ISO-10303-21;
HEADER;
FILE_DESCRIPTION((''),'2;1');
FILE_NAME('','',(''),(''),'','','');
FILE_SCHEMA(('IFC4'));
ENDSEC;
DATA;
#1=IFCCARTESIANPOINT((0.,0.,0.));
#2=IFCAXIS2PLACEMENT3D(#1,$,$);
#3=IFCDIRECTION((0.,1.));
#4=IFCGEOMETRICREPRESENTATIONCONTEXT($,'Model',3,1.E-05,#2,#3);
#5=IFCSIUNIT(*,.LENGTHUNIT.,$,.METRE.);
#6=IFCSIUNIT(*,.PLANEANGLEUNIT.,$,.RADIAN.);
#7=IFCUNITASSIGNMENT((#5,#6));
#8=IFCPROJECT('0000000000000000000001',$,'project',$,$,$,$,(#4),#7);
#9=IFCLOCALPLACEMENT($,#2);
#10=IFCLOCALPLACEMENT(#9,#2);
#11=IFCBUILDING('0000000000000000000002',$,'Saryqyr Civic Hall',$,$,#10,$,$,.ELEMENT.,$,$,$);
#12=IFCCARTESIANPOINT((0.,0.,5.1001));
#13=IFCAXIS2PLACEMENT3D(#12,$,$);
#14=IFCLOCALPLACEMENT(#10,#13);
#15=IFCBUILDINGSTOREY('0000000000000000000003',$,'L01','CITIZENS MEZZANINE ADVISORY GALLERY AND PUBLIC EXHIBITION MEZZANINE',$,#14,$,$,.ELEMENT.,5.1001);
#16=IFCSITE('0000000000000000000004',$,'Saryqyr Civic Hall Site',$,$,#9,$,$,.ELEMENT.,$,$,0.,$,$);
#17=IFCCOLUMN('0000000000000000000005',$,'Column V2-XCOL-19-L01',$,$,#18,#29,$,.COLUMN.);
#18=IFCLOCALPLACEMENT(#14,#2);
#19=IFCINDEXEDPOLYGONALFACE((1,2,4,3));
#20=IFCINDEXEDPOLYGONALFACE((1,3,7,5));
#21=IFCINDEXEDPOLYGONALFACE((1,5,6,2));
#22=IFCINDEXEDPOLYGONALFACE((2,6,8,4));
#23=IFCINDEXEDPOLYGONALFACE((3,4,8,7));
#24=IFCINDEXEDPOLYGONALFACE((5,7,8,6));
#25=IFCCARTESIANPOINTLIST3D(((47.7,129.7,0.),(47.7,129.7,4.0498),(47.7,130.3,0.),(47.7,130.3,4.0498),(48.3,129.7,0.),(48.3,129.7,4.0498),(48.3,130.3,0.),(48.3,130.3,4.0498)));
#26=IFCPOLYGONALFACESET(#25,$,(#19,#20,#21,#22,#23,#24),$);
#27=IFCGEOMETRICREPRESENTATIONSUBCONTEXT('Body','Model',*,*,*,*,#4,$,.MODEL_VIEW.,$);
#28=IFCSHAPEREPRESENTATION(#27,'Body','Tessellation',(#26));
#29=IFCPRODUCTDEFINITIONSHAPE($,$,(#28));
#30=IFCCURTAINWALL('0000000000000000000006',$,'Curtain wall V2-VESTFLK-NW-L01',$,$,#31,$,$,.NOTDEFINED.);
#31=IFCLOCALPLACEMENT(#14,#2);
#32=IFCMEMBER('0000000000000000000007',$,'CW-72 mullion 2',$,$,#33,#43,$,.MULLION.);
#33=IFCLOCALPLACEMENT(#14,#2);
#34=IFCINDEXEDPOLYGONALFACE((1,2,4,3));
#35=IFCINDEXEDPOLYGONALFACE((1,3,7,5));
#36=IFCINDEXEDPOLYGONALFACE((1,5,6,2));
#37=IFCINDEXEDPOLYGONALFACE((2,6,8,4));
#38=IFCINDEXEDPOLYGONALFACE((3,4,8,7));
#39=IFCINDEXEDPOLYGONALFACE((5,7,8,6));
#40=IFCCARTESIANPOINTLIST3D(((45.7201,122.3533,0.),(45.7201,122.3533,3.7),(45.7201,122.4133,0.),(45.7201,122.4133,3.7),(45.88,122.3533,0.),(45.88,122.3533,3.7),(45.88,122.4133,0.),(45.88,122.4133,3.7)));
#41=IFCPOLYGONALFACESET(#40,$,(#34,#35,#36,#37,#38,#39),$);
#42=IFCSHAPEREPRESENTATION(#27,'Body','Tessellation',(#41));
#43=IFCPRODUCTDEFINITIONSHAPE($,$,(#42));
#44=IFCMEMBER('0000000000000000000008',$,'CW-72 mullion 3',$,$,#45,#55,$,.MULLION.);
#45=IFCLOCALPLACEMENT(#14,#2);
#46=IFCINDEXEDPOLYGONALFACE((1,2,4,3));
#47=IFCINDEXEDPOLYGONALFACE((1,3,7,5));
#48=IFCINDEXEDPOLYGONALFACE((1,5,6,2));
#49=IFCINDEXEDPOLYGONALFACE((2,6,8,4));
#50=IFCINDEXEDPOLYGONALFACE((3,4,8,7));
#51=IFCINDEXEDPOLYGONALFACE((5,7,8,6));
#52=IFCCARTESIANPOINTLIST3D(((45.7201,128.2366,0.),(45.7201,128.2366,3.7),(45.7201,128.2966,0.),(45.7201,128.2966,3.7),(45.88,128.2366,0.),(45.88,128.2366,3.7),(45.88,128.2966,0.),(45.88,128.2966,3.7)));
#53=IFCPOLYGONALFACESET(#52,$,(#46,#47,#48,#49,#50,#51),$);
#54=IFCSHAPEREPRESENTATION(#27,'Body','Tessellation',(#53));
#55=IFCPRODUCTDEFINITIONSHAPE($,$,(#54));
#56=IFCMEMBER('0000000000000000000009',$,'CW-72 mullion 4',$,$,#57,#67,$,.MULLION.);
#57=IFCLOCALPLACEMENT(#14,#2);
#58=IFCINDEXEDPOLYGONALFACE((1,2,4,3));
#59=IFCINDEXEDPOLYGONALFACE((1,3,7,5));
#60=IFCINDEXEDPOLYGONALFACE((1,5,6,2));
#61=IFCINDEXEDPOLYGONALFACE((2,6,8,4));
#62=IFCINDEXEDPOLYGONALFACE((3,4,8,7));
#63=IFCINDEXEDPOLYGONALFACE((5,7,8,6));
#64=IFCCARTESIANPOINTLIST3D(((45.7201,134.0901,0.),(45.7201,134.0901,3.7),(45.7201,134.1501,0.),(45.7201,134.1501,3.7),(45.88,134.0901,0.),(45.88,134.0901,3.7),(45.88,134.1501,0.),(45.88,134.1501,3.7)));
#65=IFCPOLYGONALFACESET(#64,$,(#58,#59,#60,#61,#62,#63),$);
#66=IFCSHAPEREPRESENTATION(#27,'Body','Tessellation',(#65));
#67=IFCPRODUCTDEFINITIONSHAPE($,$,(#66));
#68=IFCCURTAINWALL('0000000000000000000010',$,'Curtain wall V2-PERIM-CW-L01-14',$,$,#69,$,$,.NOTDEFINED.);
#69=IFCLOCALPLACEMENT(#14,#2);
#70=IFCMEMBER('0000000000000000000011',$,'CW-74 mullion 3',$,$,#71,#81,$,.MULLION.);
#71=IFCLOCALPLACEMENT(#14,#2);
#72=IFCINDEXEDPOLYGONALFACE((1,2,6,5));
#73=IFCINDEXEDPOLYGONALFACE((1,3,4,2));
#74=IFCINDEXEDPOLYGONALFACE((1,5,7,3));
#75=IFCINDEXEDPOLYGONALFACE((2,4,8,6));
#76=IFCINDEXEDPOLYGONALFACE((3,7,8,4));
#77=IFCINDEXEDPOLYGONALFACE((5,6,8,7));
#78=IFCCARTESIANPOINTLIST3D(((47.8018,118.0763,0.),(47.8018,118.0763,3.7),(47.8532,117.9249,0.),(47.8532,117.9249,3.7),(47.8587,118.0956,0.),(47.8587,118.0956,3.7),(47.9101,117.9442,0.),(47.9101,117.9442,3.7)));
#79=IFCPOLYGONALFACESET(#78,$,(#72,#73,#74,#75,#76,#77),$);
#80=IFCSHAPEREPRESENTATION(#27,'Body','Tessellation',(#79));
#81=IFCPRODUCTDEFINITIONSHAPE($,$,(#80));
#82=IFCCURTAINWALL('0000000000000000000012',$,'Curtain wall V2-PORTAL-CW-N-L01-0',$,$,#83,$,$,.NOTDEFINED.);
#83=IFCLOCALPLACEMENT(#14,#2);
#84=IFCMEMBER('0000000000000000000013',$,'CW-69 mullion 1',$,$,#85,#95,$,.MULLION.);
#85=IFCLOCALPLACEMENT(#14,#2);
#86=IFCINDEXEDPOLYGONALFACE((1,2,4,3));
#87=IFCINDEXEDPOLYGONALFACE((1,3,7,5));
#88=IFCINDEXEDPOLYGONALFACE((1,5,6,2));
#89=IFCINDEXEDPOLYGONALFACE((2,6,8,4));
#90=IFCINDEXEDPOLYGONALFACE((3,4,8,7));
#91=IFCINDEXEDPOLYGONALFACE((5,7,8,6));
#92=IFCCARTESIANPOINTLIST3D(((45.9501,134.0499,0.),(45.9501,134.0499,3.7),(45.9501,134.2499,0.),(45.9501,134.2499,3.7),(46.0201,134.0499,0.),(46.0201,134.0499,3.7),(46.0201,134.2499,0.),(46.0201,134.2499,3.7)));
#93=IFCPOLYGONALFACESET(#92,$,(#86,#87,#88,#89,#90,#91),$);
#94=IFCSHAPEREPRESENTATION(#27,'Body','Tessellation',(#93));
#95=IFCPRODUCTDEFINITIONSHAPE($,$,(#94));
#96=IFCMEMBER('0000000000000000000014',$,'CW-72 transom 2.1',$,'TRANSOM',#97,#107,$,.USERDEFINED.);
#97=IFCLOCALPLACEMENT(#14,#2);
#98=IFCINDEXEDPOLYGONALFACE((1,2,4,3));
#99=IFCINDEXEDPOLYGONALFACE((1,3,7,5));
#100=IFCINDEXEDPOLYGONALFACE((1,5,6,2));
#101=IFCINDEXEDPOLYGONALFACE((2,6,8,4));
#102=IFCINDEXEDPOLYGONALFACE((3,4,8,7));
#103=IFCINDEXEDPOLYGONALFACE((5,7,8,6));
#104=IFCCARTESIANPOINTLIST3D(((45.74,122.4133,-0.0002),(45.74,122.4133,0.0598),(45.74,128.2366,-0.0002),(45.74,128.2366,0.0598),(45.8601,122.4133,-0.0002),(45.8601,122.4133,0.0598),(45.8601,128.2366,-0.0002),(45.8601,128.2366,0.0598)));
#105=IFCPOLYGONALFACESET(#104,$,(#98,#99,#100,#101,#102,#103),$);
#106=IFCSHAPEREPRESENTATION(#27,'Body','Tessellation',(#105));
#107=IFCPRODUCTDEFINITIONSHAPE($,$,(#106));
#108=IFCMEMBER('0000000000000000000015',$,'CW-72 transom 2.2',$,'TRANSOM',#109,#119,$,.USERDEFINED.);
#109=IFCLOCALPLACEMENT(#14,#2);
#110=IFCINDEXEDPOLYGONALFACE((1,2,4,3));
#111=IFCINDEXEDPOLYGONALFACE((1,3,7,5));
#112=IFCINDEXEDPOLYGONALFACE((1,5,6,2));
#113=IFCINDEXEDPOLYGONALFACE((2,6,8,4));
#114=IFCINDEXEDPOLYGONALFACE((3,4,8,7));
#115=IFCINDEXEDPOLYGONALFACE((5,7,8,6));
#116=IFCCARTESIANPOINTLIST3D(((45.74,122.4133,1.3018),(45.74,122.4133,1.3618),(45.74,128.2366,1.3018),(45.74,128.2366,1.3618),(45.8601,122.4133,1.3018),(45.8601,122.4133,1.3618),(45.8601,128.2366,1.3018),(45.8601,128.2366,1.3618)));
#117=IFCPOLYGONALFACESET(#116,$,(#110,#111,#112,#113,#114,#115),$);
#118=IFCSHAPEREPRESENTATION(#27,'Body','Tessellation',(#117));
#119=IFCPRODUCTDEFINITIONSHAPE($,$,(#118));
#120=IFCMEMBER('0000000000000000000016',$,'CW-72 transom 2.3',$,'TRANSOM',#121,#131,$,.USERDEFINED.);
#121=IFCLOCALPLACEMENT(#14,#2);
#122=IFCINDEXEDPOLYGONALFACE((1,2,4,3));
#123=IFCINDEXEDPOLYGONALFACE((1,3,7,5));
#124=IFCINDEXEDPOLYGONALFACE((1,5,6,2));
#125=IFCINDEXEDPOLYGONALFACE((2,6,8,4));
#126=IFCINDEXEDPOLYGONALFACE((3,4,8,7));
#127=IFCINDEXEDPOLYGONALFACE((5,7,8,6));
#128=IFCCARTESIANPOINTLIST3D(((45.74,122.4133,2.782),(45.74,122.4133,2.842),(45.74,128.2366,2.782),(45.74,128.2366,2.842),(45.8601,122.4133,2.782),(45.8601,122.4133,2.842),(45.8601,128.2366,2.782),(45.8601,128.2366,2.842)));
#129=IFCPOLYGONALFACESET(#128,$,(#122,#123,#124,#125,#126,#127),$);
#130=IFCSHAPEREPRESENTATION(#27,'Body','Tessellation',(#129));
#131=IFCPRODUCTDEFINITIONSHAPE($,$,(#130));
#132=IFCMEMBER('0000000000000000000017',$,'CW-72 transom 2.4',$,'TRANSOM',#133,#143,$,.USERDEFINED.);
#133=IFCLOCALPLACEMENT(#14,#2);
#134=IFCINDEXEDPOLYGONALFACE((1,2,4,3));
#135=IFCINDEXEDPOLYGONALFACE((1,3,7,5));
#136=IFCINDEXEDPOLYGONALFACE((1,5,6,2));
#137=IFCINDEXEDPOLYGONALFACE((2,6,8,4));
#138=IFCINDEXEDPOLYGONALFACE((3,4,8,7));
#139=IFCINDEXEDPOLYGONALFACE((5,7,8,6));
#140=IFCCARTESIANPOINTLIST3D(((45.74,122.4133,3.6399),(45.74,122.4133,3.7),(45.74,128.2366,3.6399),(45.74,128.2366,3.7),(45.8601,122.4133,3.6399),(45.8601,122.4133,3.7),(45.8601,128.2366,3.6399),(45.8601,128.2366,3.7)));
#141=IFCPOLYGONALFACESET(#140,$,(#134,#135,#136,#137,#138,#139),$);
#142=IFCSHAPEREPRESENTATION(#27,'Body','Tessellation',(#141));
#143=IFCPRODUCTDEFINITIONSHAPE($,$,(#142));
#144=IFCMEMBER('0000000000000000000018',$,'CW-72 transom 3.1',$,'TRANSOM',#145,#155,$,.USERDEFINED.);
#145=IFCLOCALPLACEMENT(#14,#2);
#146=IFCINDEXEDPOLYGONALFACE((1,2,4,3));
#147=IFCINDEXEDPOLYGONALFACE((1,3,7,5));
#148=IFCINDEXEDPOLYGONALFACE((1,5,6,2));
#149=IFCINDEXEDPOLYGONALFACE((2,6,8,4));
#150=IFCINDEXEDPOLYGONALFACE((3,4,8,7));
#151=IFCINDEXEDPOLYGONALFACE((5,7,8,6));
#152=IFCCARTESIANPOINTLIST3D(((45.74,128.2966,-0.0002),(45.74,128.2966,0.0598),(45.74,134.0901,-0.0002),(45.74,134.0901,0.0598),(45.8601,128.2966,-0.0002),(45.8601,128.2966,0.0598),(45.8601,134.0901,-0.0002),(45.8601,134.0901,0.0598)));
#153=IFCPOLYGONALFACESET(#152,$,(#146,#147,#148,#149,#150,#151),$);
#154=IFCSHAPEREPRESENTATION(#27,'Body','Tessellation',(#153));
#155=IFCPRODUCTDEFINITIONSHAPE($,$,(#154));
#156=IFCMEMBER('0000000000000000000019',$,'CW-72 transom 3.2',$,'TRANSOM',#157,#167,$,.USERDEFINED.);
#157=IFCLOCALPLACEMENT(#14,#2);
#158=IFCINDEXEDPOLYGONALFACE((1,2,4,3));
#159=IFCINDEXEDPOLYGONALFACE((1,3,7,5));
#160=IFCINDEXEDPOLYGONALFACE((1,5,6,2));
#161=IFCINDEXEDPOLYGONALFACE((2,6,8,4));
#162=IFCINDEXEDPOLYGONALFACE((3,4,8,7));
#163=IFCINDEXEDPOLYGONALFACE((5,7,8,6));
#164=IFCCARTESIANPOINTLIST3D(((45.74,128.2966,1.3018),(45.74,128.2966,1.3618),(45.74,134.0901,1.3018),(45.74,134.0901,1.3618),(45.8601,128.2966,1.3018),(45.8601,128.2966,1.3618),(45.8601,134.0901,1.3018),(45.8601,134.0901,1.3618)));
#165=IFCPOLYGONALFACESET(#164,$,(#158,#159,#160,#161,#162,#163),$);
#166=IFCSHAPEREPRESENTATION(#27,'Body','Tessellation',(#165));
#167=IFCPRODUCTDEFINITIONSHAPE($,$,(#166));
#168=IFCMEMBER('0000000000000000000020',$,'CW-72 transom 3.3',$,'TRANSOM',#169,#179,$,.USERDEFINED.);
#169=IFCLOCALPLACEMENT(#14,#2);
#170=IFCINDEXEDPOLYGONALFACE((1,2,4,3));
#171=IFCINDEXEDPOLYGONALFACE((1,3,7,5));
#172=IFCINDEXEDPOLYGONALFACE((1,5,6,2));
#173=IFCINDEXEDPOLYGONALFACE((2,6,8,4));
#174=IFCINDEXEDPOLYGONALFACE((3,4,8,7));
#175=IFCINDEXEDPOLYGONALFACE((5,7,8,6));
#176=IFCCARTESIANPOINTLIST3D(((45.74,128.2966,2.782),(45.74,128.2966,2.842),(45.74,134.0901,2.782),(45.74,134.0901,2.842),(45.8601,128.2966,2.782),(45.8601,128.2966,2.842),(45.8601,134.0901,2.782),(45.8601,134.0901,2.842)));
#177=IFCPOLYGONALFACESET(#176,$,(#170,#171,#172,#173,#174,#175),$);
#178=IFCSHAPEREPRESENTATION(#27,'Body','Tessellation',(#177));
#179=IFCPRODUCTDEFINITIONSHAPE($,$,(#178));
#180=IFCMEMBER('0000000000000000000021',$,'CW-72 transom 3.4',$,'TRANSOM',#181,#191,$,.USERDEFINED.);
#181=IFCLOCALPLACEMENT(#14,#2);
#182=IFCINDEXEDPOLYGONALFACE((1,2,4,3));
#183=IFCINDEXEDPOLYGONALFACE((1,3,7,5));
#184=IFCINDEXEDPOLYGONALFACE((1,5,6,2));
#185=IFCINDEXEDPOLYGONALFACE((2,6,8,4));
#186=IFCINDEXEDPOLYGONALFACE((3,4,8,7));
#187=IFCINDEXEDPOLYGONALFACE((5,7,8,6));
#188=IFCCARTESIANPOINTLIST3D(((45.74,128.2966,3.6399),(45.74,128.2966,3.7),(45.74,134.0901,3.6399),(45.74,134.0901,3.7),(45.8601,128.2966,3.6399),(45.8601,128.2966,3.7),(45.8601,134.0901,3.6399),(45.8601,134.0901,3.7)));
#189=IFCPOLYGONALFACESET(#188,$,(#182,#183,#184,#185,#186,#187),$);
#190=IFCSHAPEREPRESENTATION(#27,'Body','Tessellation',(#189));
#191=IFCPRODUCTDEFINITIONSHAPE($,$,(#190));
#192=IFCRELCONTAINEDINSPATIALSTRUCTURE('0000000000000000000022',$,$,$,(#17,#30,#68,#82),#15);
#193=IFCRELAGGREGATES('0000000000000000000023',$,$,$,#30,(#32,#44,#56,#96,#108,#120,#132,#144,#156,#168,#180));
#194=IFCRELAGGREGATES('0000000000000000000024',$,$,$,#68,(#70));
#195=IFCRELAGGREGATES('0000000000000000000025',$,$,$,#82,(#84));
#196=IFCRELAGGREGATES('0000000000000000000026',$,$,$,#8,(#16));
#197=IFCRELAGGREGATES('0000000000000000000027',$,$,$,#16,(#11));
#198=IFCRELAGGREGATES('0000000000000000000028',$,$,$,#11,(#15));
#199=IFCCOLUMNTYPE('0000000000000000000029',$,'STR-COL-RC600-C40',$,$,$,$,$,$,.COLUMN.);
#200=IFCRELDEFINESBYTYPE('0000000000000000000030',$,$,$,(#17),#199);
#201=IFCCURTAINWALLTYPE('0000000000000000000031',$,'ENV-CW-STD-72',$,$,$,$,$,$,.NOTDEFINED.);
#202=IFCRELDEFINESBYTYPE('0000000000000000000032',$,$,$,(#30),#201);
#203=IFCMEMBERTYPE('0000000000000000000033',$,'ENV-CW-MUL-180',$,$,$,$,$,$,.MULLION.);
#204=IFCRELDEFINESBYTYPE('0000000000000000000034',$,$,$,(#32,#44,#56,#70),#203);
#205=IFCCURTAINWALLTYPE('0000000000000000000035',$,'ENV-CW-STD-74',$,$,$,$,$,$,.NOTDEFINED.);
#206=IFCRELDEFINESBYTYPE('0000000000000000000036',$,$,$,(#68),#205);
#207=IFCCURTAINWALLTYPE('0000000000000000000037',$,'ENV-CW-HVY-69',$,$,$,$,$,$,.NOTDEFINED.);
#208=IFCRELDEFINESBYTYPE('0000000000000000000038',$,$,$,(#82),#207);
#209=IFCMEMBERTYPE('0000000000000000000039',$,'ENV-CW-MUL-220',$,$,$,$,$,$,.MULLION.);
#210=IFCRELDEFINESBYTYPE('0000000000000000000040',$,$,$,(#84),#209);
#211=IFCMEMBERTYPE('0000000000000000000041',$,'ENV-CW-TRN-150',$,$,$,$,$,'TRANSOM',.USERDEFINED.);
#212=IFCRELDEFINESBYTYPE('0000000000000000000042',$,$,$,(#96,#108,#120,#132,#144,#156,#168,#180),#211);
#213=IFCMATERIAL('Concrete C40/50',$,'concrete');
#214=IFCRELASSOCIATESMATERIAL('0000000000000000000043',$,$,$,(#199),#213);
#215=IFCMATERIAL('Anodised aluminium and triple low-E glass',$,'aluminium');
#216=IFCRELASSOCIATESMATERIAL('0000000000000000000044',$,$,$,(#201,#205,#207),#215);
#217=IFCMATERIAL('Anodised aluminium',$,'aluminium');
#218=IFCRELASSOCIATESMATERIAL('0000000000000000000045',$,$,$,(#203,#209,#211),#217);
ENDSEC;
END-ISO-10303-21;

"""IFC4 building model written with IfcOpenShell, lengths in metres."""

from ifc_helpers import new_model, si_unit, direction, frame, origin, origin_2d, place, context, subcontext, project, spatial, rectangle, extrude, material, material_profile, profile_set, type_object, element, aggregate, save


model = new_model("IFC4")

# Units and contexts
model_context = context("Model", 3, precision=1e-05, world=origin(), true_north=direction((0.0, 1.0)))
body_context = subcontext(model_context, "Body", "Model", "MODEL_VIEW")
ifc_project = project(units=[si_unit("LENGTHUNIT", "METRE"), si_unit("PLANEANGLEUNIT", "RADIAN")], contexts=[model_context])

# Site, building, storey
site_placement = place(None, origin())
site = spatial("IfcSite", under=ifc_project, at=site_placement, Name="Saryqyr Civic Hall Site", CompositionType="ELEMENT", RefElevation=0.0)
building_placement = place(site_placement, origin())
building = spatial("IfcBuilding", under=site, at=building_placement, Name="Saryqyr Civic Hall", CompositionType="ELEMENT")
storey_placement = place(building_placement, frame((0.0, 0.0, 5.1001)))
storey = spatial("IfcBuildingStorey", under=building, at=storey_placement, Name="L01", Description="CITIZENS MEZZANINE ADVISORY GALLERY AND PUBLIC EXHIBITION MEZZANINE", CompositionType="ELEMENT", Elevation=5.1001)

# Column
ifc_material_1 = material(Name="Concrete C40/50", Category="concrete")
ifc_material_profile_1 = material_profile(ifc_material_1, rectangle(XDim=0.6001, YDim=0.6001, at=origin_2d()), Name="RC 600x600")
ifc_profile_set_1 = profile_set([ifc_material_profile_1], Name="Concrete C40/50")
column_type = type_object("IfcColumnType", Name="STR-COL-RC600-C40", PredefinedType="COLUMN", material=ifc_profile_set_1)
column_placement = place(storey_placement, frame((48.0, 130.0, 0.0), z_axis=(0.0, 0.0, 1.0), x_axis=(1.0, 0.0, 0.0)))
element("IfcColumn", 1, at=column_placement, inside=storey, type_object=column_type, Name="Column V2-XCOL-19-L01", PredefinedType="COLUMN", context=body_context, shape_type="SweptSolid", body=[
    extrude(rectangle(XDim=0.6001, YDim=0.6001, at=origin_2d()), origin(), (0.0, 0.0, 1.0), 4.0498),
])

# Curtain wall, members
ifc_material_2 = material(Name="Anodised aluminium and triple low-E glass", Category="aluminium")
curtain_wall_type_1 = type_object("IfcCurtainWallType", Name="ENV-CW-STD-72", PredefinedType="NOTDEFINED", material=ifc_material_2)
curtain_wall_1_placement = place(storey_placement, origin())
curtain_wall_1 = element("IfcCurtainWall", 2, at=curtain_wall_1_placement, inside=storey, type_object=curtain_wall_type_1, Name="Curtain wall V2-VESTFLK-NW-L01", PredefinedType="NOTDEFINED")
ifc_material_3 = material(Name="Anodised aluminium", Category="aluminium")
ifc_material_profile_2 = material_profile(ifc_material_3, rectangle(XDim=0.0601, YDim=0.1599, at=origin_2d()), Name="ALU MULLION 60x160")
ifc_profile_set_2 = profile_set([ifc_material_profile_2], Name="Anodised aluminium")
member_type_1 = type_object("IfcMemberType", Name="ENV-CW-MUL-180", PredefinedType="MULLION", material=ifc_profile_set_2)
member_1_placement = place(storey_placement, frame((45.8, 122.3833, 0.0), z_axis=(0.0, 0.0, 1.0), x_axis=(0.0, 1.0, 0.0)))
member_1 = element("IfcMember", 3, at=member_1_placement, type_object=member_type_1, Name="CW-72 mullion 2", PredefinedType="MULLION", context=body_context, shape_type="SweptSolid", body=[
    extrude(rectangle(XDim=0.0601, YDim=0.1599, at=origin_2d()), origin(), (0.0, 0.0, 1.0), 3.7),
])
member_2_placement = place(storey_placement, frame((45.8, 128.2666, 0.0), z_axis=(0.0, 0.0, 1.0), x_axis=(0.0, 1.0, 0.0)))
member_2 = element("IfcMember", 4, at=member_2_placement, type_object=member_type_1, Name="CW-72 mullion 3", PredefinedType="MULLION", context=body_context, shape_type="SweptSolid", body=[
    extrude(rectangle(XDim=0.0601, YDim=0.1599, at=origin_2d()), origin(), (0.0, 0.0, 1.0), 3.7),
])
member_3_placement = place(storey_placement, frame((45.8, 134.1201, 0.0), z_axis=(0.0, 0.0, 1.0), x_axis=(0.0, 1.0, 0.0)))
member_3 = element("IfcMember", 5, at=member_3_placement, type_object=member_type_1, Name="CW-72 mullion 4", PredefinedType="MULLION", context=body_context, shape_type="SweptSolid", body=[
    extrude(rectangle(XDim=0.0601, YDim=0.1599, at=origin_2d()), origin(), (0.0, 0.0, 1.0), 3.7),
])

# Curtain walls, members
curtain_wall_type_2 = type_object("IfcCurtainWallType", Name="ENV-CW-STD-74", PredefinedType="NOTDEFINED", material=ifc_material_2)
curtain_wall_2_placement = place(storey_placement, origin())
curtain_wall_2 = element("IfcCurtainWall", 6, at=curtain_wall_2_placement, inside=storey, type_object=curtain_wall_type_2, Name="Curtain wall V2-PERIM-CW-L01-14", PredefinedType="NOTDEFINED")
member_4_placement = place(storey_placement, frame((47.856, 118.0103, 0.0), z_axis=(0.0, 0.0, 1.0), x_axis=(0.946928, 0.321445, 0.0)))
member_4 = element("IfcMember", 7, at=member_4_placement, type_object=member_type_1, Name="CW-74 mullion 3", PredefinedType="MULLION", context=body_context, shape_type="SweptSolid", body=[
    extrude(rectangle(XDim=0.0601, YDim=0.1599, at=origin_2d()), origin(), (0.0, 0.0, 1.0), 3.7),
])
curtain_wall_type_3 = type_object("IfcCurtainWallType", Name="ENV-CW-HVY-69", PredefinedType="NOTDEFINED", material=ifc_material_2)
curtain_wall_3_placement = place(storey_placement, origin())
curtain_wall_3 = element("IfcCurtainWall", 8, at=curtain_wall_3_placement, inside=storey, type_object=curtain_wall_type_3, Name="Curtain wall V2-PORTAL-CW-N-L01-0", PredefinedType="NOTDEFINED")
ifc_material_profile_3 = material_profile(ifc_material_3, rectangle(XDim=0.0701, YDim=0.2, at=origin_2d()), Name="ALU MULLION 70x200")
ifc_profile_set_3 = profile_set([ifc_material_profile_3], Name="Anodised aluminium")
member_type_2 = type_object("IfcMemberType", Name="ENV-CW-MUL-220", PredefinedType="MULLION", material=ifc_profile_set_3)
member_5_placement = place(storey_placement, frame((45.9851, 134.1499, 0.0), z_axis=(0.0, 0.0, 1.0), x_axis=(1.0, 0.0, 0.0)))
member_5 = element("IfcMember", 9, at=member_5_placement, type_object=member_type_2, Name="CW-69 mullion 1", PredefinedType="MULLION", context=body_context, shape_type="SweptSolid", body=[
    extrude(rectangle(XDim=0.0701, YDim=0.2, at=origin_2d()), origin(), (0.0, 0.0, 1.0), 3.7),
])

# Members
ifc_material_profile_4 = material_profile(ifc_material_3, rectangle(XDim=0.1201, YDim=0.0601, at=origin_2d()), Name="ALU TRANSOM 120x60")
ifc_profile_set_4 = profile_set([ifc_material_profile_4], Name="Anodised aluminium")
member_type_3 = type_object("IfcMemberType", Name="ENV-CW-TRN-150", ElementType="TRANSOM", PredefinedType="USERDEFINED", material=ifc_profile_set_4)
member_6_placement = place(storey_placement, frame((45.8, 122.4133, 0.0298), z_axis=(0.0, 1.0, 0.0), x_axis=(-1.0, 0.0, 0.0)))
member_6 = element("IfcMember", 10, at=member_6_placement, type_object=member_type_3, Name="CW-72 transom 2.1", ObjectType="TRANSOM", PredefinedType="USERDEFINED", context=body_context, shape_type="SweptSolid", body=[
    extrude(rectangle(XDim=0.1201, YDim=0.0601, at=origin_2d()), origin(), (0.0, 0.0, 1.0), 5.8232),
])
member_7_placement = place(storey_placement, frame((45.8, 122.4133, 1.3318), z_axis=(0.0, 1.0, 0.0), x_axis=(-1.0, 0.0, 0.0)))
member_7 = element("IfcMember", 11, at=member_7_placement, type_object=member_type_3, Name="CW-72 transom 2.2", ObjectType="TRANSOM", PredefinedType="USERDEFINED", context=body_context, shape_type="SweptSolid", body=[
    extrude(rectangle(XDim=0.1201, YDim=0.0601, at=origin_2d()), origin(), (0.0, 0.0, 1.0), 5.8232),
])
member_8_placement = place(storey_placement, frame((45.8, 122.4133, 2.812), z_axis=(0.0, 1.0, 0.0), x_axis=(-1.0, 0.0, 0.0)))
member_8 = element("IfcMember", 12, at=member_8_placement, type_object=member_type_3, Name="CW-72 transom 2.3", ObjectType="TRANSOM", PredefinedType="USERDEFINED", context=body_context, shape_type="SweptSolid", body=[
    extrude(rectangle(XDim=0.1201, YDim=0.0601, at=origin_2d()), origin(), (0.0, 0.0, 1.0), 5.8232),
])
member_9_placement = place(storey_placement, frame((45.8, 122.4133, 3.6699), z_axis=(0.0, 1.0, 0.0), x_axis=(-1.0, 0.0, 0.0)))
member_9 = element("IfcMember", 13, at=member_9_placement, type_object=member_type_3, Name="CW-72 transom 2.4", ObjectType="TRANSOM", PredefinedType="USERDEFINED", context=body_context, shape_type="SweptSolid", body=[
    extrude(rectangle(XDim=0.1201, YDim=0.0601, at=origin_2d()), origin(), (0.0, 0.0, 1.0), 5.8232),
])
member_10_placement = place(storey_placement, frame((45.8, 128.2966, 0.0298), z_axis=(0.0, 1.0, 0.0), x_axis=(-1.0, 0.0, 0.0)))
member_10 = element("IfcMember", 14, at=member_10_placement, type_object=member_type_3, Name="CW-72 transom 3.1", ObjectType="TRANSOM", PredefinedType="USERDEFINED", context=body_context, shape_type="SweptSolid", body=[
    extrude(rectangle(XDim=0.1201, YDim=0.0601, at=origin_2d()), origin(), (0.0, 0.0, 1.0), 5.7935),
])
member_11_placement = place(storey_placement, frame((45.8, 128.2966, 1.3318), z_axis=(0.0, 1.0, 0.0), x_axis=(-1.0, 0.0, 0.0)))
member_11 = element("IfcMember", 15, at=member_11_placement, type_object=member_type_3, Name="CW-72 transom 3.2", ObjectType="TRANSOM", PredefinedType="USERDEFINED", context=body_context, shape_type="SweptSolid", body=[
    extrude(rectangle(XDim=0.1201, YDim=0.0601, at=origin_2d()), origin(), (0.0, 0.0, 1.0), 5.7935),
])
member_12_placement = place(storey_placement, frame((45.8, 128.2966, 2.812), z_axis=(0.0, 1.0, 0.0), x_axis=(-1.0, 0.0, 0.0)))
member_12 = element("IfcMember", 16, at=member_12_placement, type_object=member_type_3, Name="CW-72 transom 3.3", ObjectType="TRANSOM", PredefinedType="USERDEFINED", context=body_context, shape_type="SweptSolid", body=[
    extrude(rectangle(XDim=0.1201, YDim=0.0601, at=origin_2d()), origin(), (0.0, 0.0, 1.0), 5.7935),
])
member_13_placement = place(storey_placement, frame((45.8, 128.2966, 3.6699), z_axis=(0.0, 1.0, 0.0), x_axis=(-1.0, 0.0, 0.0)))
member_13 = element("IfcMember", 17, at=member_13_placement, type_object=member_type_3, Name="CW-72 transom 3.4", ObjectType="TRANSOM", PredefinedType="USERDEFINED", context=body_context, shape_type="SweptSolid", body=[
    extrude(rectangle(XDim=0.1201, YDim=0.0601, at=origin_2d()), origin(), (0.0, 0.0, 1.0), 5.7935),
])

aggregate(curtain_wall_1, [member_1, member_2, member_3, member_6, member_7, member_8, member_9, member_10, member_11, member_12, member_13])
aggregate(curtain_wall_2, [member_4])
aggregate(curtain_wall_3, [member_5])

save(model, "model.ifc")
